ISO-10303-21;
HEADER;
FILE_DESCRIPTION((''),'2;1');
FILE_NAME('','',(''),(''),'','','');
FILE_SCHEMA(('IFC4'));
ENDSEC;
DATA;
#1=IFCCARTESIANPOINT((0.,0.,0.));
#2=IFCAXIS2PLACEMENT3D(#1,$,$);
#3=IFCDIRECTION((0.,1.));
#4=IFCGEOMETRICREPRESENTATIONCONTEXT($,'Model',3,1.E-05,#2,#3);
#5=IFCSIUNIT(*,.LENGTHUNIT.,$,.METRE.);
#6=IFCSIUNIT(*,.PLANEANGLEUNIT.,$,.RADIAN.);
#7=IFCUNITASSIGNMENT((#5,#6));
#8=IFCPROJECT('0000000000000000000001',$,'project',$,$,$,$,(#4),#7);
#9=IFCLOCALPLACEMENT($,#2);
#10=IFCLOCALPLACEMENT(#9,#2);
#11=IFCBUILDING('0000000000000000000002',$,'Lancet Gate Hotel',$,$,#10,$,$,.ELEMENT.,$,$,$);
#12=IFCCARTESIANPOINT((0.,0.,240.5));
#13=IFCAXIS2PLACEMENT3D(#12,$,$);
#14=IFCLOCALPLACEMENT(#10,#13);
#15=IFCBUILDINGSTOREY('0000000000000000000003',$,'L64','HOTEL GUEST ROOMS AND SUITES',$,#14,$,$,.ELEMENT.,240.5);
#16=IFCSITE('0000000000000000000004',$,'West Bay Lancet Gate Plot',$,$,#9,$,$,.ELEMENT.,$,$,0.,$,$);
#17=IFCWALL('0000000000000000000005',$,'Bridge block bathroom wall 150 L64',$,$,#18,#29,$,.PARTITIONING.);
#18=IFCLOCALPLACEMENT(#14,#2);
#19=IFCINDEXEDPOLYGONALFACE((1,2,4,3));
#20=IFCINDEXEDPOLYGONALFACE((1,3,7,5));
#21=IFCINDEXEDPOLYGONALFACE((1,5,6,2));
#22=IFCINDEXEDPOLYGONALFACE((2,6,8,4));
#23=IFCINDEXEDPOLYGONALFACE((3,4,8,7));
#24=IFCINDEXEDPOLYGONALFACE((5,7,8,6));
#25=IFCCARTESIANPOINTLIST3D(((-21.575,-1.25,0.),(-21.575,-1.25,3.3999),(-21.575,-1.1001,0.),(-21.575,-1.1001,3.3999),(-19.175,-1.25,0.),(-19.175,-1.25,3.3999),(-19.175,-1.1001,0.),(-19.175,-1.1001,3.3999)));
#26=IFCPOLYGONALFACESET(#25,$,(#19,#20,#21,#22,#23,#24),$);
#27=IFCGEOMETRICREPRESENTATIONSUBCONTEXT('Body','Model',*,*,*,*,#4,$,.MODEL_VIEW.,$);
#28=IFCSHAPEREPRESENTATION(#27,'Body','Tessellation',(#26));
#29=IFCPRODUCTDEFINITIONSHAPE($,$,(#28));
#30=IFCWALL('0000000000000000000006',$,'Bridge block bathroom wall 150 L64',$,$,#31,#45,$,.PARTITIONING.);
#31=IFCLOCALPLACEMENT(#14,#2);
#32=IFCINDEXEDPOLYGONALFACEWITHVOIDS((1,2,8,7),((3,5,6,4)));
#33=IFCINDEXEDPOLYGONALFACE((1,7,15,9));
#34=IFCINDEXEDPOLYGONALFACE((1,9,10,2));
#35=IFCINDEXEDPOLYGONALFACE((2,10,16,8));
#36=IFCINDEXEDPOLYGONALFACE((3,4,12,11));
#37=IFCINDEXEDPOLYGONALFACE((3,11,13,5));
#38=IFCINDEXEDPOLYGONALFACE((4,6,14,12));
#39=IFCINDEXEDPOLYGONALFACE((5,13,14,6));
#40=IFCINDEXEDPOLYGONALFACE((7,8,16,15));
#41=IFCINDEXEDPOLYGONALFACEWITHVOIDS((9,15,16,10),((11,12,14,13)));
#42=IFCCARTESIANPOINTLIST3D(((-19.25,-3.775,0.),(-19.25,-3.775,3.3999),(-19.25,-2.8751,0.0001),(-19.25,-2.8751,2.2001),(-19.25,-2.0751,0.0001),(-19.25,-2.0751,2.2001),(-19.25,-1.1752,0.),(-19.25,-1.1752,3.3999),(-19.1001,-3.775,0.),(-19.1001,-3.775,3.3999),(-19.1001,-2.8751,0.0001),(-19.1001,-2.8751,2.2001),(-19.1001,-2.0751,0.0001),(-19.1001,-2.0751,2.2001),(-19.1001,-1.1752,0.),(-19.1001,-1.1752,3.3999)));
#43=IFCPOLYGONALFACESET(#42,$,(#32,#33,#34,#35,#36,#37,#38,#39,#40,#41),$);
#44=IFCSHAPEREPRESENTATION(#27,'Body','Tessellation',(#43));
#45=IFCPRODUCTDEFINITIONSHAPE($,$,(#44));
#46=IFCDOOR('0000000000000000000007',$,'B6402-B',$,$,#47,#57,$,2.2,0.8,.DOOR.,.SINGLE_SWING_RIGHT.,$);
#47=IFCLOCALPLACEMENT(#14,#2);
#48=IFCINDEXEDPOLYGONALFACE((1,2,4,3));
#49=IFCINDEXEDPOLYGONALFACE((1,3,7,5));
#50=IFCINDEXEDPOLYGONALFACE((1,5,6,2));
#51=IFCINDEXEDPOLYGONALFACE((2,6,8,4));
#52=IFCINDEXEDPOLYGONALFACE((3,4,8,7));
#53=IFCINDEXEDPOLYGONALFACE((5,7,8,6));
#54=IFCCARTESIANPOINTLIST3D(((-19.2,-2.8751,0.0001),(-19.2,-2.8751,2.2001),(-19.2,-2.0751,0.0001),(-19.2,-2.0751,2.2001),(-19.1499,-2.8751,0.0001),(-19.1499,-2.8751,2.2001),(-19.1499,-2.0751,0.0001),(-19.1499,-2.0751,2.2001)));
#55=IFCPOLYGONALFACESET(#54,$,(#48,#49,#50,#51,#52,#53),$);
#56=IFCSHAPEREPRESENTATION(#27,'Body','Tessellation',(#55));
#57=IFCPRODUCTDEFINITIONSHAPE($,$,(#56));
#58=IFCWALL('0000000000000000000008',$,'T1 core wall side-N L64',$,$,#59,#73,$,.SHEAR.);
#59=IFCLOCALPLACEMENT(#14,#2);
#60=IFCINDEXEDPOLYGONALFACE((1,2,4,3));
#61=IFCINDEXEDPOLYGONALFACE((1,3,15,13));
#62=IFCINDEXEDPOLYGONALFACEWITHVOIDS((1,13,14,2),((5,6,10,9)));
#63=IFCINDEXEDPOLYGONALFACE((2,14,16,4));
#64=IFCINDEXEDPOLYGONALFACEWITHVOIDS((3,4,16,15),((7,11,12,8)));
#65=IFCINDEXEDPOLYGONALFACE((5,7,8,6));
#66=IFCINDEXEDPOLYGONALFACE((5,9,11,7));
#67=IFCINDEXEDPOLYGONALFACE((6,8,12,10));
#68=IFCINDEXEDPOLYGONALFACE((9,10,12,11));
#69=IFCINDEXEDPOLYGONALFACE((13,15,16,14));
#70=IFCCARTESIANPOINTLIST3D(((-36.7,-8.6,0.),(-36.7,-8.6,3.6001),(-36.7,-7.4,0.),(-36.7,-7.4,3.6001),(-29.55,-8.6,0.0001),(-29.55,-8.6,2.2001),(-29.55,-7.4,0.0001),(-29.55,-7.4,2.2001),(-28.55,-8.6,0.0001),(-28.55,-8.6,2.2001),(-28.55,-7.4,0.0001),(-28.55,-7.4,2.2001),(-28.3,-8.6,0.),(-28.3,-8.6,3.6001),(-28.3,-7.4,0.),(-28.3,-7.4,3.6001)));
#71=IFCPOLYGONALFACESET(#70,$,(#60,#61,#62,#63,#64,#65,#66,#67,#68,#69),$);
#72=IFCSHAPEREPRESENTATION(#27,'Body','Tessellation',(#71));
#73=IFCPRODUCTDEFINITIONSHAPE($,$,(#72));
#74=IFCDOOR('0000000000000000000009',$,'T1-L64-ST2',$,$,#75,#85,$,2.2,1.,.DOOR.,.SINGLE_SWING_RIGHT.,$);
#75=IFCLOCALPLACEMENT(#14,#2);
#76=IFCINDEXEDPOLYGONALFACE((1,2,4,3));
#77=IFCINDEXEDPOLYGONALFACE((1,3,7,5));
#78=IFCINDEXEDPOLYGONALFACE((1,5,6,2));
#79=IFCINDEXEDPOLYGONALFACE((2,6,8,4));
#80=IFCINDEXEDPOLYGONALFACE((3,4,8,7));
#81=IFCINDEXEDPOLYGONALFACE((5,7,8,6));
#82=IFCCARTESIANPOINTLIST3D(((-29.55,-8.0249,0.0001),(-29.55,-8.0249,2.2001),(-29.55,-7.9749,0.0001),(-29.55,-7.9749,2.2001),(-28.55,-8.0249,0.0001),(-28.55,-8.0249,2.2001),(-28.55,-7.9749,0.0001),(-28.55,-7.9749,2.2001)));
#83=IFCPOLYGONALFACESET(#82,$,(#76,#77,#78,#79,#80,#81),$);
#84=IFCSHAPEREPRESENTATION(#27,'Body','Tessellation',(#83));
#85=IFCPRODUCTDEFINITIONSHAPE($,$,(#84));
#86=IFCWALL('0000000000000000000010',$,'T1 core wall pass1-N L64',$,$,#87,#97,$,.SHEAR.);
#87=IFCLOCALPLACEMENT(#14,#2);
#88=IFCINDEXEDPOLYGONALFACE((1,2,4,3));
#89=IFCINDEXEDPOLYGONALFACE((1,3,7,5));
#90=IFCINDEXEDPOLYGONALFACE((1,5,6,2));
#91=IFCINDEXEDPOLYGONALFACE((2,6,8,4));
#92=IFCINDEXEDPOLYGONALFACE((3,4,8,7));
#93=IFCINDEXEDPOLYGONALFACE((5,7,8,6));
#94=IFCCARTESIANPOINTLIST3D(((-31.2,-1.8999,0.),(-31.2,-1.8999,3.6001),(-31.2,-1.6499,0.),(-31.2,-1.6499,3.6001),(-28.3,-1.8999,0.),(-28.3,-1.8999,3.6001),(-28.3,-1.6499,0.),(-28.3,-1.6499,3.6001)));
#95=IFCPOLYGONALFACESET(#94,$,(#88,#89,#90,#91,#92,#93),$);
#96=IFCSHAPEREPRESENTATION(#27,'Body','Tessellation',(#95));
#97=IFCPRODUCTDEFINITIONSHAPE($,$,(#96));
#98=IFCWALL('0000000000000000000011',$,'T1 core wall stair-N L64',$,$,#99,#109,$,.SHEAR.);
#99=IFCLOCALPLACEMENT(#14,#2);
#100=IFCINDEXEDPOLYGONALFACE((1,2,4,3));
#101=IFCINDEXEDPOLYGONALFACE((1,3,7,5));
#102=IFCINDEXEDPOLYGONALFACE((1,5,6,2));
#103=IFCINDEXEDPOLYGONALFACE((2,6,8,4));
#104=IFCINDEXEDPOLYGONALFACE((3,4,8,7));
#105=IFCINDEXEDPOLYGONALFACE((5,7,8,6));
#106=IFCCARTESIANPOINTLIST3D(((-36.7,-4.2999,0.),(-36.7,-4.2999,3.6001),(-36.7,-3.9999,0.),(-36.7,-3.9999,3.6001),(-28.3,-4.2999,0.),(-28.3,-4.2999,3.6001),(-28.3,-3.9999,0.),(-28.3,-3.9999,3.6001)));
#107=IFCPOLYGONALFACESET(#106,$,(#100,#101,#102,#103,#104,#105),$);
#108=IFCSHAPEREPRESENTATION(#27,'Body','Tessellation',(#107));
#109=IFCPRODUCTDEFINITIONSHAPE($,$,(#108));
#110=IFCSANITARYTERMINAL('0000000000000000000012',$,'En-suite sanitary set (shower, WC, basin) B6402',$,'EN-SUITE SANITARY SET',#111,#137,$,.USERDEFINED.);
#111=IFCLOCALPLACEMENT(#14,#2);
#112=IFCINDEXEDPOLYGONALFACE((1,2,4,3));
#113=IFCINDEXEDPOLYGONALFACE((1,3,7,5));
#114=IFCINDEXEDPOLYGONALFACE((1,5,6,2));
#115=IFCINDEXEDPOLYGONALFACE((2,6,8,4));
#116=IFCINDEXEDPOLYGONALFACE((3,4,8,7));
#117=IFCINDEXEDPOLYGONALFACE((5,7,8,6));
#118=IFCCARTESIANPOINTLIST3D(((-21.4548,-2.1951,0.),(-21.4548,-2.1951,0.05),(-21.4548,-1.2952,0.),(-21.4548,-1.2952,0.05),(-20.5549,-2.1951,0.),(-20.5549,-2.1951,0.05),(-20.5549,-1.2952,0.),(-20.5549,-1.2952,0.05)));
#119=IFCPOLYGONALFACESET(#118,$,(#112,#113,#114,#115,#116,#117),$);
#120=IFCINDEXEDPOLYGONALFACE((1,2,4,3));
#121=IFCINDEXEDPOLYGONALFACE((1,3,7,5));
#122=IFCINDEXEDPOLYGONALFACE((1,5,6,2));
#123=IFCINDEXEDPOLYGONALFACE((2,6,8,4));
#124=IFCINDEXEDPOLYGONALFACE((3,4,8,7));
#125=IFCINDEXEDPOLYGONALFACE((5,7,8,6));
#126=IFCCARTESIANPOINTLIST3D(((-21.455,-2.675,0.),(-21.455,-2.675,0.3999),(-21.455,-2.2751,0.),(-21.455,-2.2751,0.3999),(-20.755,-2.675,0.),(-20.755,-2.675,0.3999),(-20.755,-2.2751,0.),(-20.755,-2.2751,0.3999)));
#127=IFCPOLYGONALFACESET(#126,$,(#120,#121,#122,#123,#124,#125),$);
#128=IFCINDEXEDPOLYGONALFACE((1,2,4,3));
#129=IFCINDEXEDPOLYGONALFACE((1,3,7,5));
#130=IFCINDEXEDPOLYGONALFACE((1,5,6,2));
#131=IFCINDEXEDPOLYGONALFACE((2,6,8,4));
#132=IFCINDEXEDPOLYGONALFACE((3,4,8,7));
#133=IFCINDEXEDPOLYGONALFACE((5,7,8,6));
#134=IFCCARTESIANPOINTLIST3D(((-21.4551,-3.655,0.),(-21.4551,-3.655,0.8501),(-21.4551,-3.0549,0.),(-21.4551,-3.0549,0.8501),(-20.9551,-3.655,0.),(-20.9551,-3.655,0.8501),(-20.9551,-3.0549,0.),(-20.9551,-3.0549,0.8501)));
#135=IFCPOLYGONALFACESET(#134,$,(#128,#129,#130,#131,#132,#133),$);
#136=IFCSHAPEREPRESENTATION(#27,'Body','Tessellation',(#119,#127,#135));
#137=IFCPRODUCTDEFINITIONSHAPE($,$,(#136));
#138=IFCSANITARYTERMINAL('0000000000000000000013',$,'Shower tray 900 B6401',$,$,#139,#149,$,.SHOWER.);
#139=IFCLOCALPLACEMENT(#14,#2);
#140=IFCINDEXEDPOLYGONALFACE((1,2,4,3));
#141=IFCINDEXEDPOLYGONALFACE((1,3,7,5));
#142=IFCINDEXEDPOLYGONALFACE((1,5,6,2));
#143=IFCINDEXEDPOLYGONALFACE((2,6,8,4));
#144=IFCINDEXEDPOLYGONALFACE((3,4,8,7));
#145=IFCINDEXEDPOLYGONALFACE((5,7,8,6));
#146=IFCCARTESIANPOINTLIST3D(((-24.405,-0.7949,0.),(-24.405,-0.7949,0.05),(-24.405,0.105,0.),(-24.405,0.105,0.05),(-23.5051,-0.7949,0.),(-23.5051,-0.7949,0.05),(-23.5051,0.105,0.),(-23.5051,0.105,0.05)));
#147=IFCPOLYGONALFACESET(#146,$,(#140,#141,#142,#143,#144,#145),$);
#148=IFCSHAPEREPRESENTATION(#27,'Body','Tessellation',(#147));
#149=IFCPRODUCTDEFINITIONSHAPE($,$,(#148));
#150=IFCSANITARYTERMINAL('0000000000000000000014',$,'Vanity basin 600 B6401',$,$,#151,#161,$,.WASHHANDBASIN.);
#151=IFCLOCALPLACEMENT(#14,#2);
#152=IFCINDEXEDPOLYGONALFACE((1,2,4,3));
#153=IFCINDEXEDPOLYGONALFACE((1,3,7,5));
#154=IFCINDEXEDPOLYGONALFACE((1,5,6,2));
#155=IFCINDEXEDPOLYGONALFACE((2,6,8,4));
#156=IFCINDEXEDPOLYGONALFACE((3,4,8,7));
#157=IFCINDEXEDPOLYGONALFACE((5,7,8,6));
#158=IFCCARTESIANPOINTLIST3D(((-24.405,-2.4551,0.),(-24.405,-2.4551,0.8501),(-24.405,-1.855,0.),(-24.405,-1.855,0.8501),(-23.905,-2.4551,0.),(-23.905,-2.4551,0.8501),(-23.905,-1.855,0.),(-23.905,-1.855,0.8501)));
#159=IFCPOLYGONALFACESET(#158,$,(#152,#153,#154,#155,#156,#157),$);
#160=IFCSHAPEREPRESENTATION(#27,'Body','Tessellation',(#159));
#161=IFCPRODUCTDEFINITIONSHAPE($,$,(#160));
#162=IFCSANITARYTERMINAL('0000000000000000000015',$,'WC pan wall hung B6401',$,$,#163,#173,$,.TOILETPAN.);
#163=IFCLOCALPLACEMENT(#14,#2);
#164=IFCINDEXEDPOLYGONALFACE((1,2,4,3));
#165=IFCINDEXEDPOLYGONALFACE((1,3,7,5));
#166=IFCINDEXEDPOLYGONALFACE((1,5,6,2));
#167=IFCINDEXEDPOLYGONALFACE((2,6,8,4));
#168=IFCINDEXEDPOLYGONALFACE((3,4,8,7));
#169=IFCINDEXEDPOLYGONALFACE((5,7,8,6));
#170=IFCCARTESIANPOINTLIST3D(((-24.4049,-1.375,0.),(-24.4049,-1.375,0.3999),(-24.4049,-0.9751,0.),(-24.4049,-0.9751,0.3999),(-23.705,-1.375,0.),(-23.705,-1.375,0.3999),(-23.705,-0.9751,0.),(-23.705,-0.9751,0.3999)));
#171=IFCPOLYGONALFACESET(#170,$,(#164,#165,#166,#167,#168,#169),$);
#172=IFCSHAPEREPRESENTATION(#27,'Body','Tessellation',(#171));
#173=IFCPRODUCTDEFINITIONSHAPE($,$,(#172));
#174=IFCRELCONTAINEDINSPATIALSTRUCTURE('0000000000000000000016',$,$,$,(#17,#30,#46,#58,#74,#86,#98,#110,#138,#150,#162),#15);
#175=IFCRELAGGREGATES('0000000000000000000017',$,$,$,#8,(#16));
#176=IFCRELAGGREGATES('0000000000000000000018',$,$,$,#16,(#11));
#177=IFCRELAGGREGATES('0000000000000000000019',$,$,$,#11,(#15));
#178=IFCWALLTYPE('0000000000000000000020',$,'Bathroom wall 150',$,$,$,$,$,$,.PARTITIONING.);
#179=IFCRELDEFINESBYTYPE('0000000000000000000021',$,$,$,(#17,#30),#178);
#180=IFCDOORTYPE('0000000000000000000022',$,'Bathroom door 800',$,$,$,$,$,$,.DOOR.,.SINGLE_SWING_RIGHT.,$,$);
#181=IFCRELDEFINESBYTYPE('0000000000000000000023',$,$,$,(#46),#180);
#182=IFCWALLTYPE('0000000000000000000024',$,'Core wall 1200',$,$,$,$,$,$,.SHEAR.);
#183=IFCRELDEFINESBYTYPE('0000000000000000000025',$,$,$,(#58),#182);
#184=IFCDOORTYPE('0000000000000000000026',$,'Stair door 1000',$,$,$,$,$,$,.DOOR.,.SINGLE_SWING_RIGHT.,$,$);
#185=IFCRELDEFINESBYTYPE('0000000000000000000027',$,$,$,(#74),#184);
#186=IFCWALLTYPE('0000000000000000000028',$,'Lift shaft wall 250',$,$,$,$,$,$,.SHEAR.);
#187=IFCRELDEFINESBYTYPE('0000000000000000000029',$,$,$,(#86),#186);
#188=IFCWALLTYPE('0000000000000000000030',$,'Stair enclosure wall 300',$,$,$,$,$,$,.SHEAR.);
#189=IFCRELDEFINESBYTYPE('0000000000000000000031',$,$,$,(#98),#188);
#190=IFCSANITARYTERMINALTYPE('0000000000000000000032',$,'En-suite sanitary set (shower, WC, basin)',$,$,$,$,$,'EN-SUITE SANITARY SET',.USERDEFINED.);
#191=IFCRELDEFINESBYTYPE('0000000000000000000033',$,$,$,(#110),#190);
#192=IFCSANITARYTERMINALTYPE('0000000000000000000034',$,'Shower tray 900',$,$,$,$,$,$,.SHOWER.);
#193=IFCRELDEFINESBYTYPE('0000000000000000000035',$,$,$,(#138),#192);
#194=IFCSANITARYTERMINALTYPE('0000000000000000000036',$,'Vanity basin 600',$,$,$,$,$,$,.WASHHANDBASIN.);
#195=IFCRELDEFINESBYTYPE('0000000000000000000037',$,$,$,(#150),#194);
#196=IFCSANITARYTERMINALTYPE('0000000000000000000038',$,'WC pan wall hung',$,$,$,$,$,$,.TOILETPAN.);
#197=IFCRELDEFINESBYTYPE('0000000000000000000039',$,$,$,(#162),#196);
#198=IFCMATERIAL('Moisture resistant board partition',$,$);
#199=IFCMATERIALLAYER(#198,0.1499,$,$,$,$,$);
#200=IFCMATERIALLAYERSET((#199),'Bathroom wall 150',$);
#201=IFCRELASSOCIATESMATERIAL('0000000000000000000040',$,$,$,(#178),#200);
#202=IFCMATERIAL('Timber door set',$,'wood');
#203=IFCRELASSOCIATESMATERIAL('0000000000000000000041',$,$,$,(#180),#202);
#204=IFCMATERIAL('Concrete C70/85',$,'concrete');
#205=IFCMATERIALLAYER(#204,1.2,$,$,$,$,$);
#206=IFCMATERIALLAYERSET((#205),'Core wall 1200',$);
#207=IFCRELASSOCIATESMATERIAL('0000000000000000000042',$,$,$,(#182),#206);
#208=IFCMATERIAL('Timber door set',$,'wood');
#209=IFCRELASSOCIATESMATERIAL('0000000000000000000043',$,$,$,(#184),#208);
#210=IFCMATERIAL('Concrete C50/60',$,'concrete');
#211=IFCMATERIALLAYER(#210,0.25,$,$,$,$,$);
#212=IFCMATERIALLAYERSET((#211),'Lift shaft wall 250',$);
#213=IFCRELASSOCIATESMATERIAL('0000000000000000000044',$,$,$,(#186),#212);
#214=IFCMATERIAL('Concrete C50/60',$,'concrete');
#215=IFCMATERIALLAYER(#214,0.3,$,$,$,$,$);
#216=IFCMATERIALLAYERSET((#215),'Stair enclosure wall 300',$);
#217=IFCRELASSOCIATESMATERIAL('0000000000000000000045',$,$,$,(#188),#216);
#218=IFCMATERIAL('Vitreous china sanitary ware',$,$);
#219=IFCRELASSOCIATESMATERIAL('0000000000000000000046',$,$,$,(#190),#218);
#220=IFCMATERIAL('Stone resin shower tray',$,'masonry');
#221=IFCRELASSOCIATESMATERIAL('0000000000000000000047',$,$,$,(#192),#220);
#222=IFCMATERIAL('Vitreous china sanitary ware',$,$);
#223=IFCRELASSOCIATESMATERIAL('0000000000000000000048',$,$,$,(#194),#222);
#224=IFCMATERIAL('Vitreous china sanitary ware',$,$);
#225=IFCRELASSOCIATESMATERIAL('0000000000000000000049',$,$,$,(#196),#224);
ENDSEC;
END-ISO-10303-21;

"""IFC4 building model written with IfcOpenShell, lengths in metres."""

from ifc_helpers import new_model, si_unit, direction, frame, frame_2d, origin, origin_2d, place, context, subcontext, project, spatial, rectangle, extrude, material, layer, layer_set, type_object, element, fill, save


model = new_model("IFC4")

# Units and contexts
model_context = context("Model", 3, precision=1e-05, world=origin(), true_north=direction((0.0, 1.0)))
body_context = subcontext(model_context, "Body", "Model", "MODEL_VIEW")
ifc_project = project(units=[si_unit("LENGTHUNIT", "METRE"), si_unit("PLANEANGLEUNIT", "RADIAN")], contexts=[model_context])

# Site, building, storey
site_placement = place(None, origin())
site = spatial("IfcSite", under=ifc_project, at=site_placement, Name="West Bay Lancet Gate Plot", CompositionType="ELEMENT", RefElevation=0.0)
building_placement = place(site_placement, origin())
building = spatial("IfcBuilding", under=site, at=building_placement, Name="Lancet Gate Hotel", CompositionType="ELEMENT")
storey_placement = place(building_placement, frame((0.0, 0.0, 240.5)))
storey = spatial("IfcBuildingStorey", under=building, at=storey_placement, Name="L64", Description="HOTEL GUEST ROOMS AND SUITES", CompositionType="ELEMENT", Elevation=240.5)

# Shared definitions
ifc_material_1 = material(Name="Moisture resistant board partition")
ifc_layer_1 = layer(ifc_material_1, 0.1499)
ifc_layer_set_1 = layer_set([ifc_layer_1], Name="Bathroom wall 150")
wall_type_1 = type_object("IfcWallType", Name="Bathroom wall 150", PredefinedType="PARTITIONING", material=ifc_layer_set_1)

# Wall
for number, where, z_axis, x_axis, name in (
    (1, (-21.575, -1.175, 0.0), (0.0, 0.0, 1.0), (1.0, 0.0, 0.0), "Bridge block bathroom wall 150 L64"),
):
    element("IfcWall", number, at=place(storey_placement, frame(where, z_axis=z_axis, x_axis=x_axis)), inside=storey, type_object=wall_type_1, Name=name, PredefinedType="PARTITIONING", context=body_context, shape_type="SweptSolid", body=[
        extrude(rectangle(XDim=2.3999, YDim=0.1499, at=frame_2d((1.2, 0.0))), origin(), (0.0, 0.0, 1.0), 3.3999),
    ])

# Walls, openings, doors
wall_1_placement = place(storey_placement, frame((-19.175, -3.7749, 0.0), z_axis=(0.0, 0.0, 1.0), x_axis=(0.0, 1.0, 0.0)))
wall_1 = element("IfcWall", 2, at=wall_1_placement, inside=storey, type_object=wall_type_1, Name="Bridge block bathroom wall 150 L64", PredefinedType="PARTITIONING", context=body_context, shape_type="SweptSolid", body=[
    extrude(rectangle(XDim=2.5999, YDim=0.1499, at=frame_2d((1.2998, 0.0))), origin(), (0.0, 0.0, 1.0), 3.3999),
])
opening_1_placement = place(wall_1_placement, frame((0.8999, 0.0, 0.0)))
opening_1 = element("IfcOpeningElement", 3, at=opening_1_placement, cuts=wall_1, PredefinedType="OPENING", context=body_context, shape_type="SweptSolid", body=[
    extrude(rectangle(XDim=0.8, YDim=2.2, at=frame_2d((0.3999, 1.1001))), frame((0.0, 0.085, 0.0), z_axis=(0.0, -1.0, 0.0), x_axis=(1.0, 0.0, 0.0)), (0.0, 0.0, 1.0), 0.1699),
])
ifc_material_2 = material(Name="Timber door set", Category="wood")
door_type_1 = type_object("IfcDoorType", Name="Bathroom door 800", OperationType="SINGLE_SWING_RIGHT", PredefinedType="DOOR", material=ifc_material_2)
door_1_placement = place(opening_1_placement, origin())
door_1 = element("IfcDoor", 4, at=door_1_placement, inside=storey, type_object=door_type_1, Name="B6402-B", OperationType="SINGLE_SWING_RIGHT", OverallHeight=2.2, OverallWidth=0.8, PredefinedType="DOOR", context=body_context, shape_type="SweptSolid", body=[
    extrude(rectangle(XDim=0.8, YDim=2.2, at=frame_2d((0.3999, 1.1001))), frame((0.0, 0.0249, 0.0), z_axis=(0.0, -1.0, 0.0), x_axis=(1.0, 0.0, 0.0)), (0.0, 0.0, 1.0), 0.05),
])
fill(opening_1, door_1)
ifc_material_3 = material(Name="Concrete C70/85", Category="concrete")
ifc_layer_2 = layer(ifc_material_3, 1.2)
ifc_layer_set_2 = layer_set([ifc_layer_2], Name="Core wall 1200")
wall_type_2 = type_object("IfcWallType", Name="Core wall 1200", PredefinedType="SHEAR", material=ifc_layer_set_2)
wall_2_placement = place(storey_placement, frame((-28.3, -8.0, 0.0), z_axis=(0.0, 0.0, 1.0), x_axis=(-1.0, 0.0, 0.0)))
wall_2 = element("IfcWall", 5, at=wall_2_placement, inside=storey, type_object=wall_type_2, Name="T1 core wall side-N L64", PredefinedType="SHEAR", context=body_context, shape_type="SweptSolid", body=[
    extrude(rectangle(XDim=8.3999, YDim=1.2, at=frame_2d((4.2, 0.0))), origin(), (0.0, 0.0, 1.0), 3.6001),
])
opening_2_placement = place(wall_2_placement, frame((0.25, 0.0, 0.0)))
opening_2 = element("IfcOpeningElement", 6, at=opening_2_placement, cuts=wall_2, PredefinedType="OPENING", context=body_context, shape_type="SweptSolid", body=[
    extrude(rectangle(XDim=1.0, YDim=2.2, at=frame_2d((0.5, 1.1001))), frame((0.0, 0.6099, 0.0), z_axis=(0.0, -1.0, 0.0), x_axis=(1.0, 0.0, 0.0)), (0.0, 0.0, 1.0), 1.22),
])
ifc_material_4 = material(Name="Timber door set", Category="wood")
door_type_2 = type_object("IfcDoorType", Name="Stair door 1000", OperationType="SINGLE_SWING_RIGHT", PredefinedType="DOOR", material=ifc_material_4)
door_2_placement = place(opening_2_placement, origin())
door_2 = element("IfcDoor", 7, at=door_2_placement, inside=storey, type_object=door_type_2, Name="T1-L64-ST2", OperationType="SINGLE_SWING_RIGHT", OverallHeight=2.2, OverallWidth=1.0, PredefinedType="DOOR", context=body_context, shape_type="SweptSolid", body=[
    extrude(rectangle(XDim=1.0, YDim=2.2, at=frame_2d((0.5, 1.1001))), frame((0.0, 0.0249, 0.0), z_axis=(0.0, -1.0, 0.0), x_axis=(1.0, 0.0, 0.0)), (0.0, 0.0, 1.0), 0.05),
])
fill(opening_2, door_2)

# Walls
ifc_material_5 = material(Name="Concrete C50/60", Category="concrete")
ifc_layer_3 = layer(ifc_material_5, 0.25)
ifc_layer_set_3 = layer_set([ifc_layer_3], Name="Lift shaft wall 250")
wall_type_3 = type_object("IfcWallType", Name="Lift shaft wall 250", PredefinedType="SHEAR", material=ifc_layer_set_3)
wall_3_placement = place(storey_placement, frame((-28.3, -1.7749, 0.0), z_axis=(0.0, 0.0, 1.0), x_axis=(-1.0, 0.0, 0.0)))
element("IfcWall", 8, at=wall_3_placement, inside=storey, type_object=wall_type_3, Name="T1 core wall pass1-N L64", PredefinedType="SHEAR", context=body_context, shape_type="SweptSolid", body=[
    extrude(rectangle(XDim=2.8999, YDim=0.25, at=frame_2d((1.45, 0.0))), origin(), (0.0, 0.0, 1.0), 3.6001),
])
ifc_material_6 = material(Name="Concrete C50/60", Category="concrete")
ifc_layer_4 = layer(ifc_material_6, 0.3)
ifc_layer_set_4 = layer_set([ifc_layer_4], Name="Stair enclosure wall 300")
wall_type_4 = type_object("IfcWallType", Name="Stair enclosure wall 300", PredefinedType="SHEAR", material=ifc_layer_set_4)
wall_4_placement = place(storey_placement, frame((-28.3, -4.1499, 0.0), z_axis=(0.0, 0.0, 1.0), x_axis=(-1.0, 0.0, 0.0)))
element("IfcWall", 9, at=wall_4_placement, inside=storey, type_object=wall_type_4, Name="T1 core wall stair-N L64", PredefinedType="SHEAR", context=body_context, shape_type="SweptSolid", body=[
    extrude(rectangle(XDim=8.3999, YDim=0.3, at=frame_2d((4.2, 0.0))), origin(), (0.0, 0.0, 1.0), 3.6001),
])

# Sanitary terminals
ifc_material_7 = material(Name="Vitreous china sanitary ware")
sanitary_terminal_type_1 = type_object("IfcSanitaryTerminalType", Name="En-suite sanitary set (shower, WC, basin)", ElementType="EN-SUITE SANITARY SET", PredefinedType="USERDEFINED", material=ifc_material_7)
sanitary_terminal_1_placement = place(storey_placement, frame((-21.0049, -1.7451, 0.0), z_axis=(0.0, 0.0, 1.0), x_axis=(1.0, 0.0, 0.0)))
element("IfcSanitaryTerminal", 10, at=sanitary_terminal_1_placement, inside=storey, type_object=sanitary_terminal_type_1, Name="En-suite sanitary set (shower, WC, basin) B6402", ObjectType="EN-SUITE SANITARY SET", PredefinedType="USERDEFINED", context=body_context, shape_type="SweptSolid", body=[
    extrude(rectangle(XDim=0.8999, YDim=0.8999, at=origin_2d()), frame((0.0, 0.0, 0.0), z_axis=(0.0, 0.0, 1.0), x_axis=(0.0, 1.0, 0.0)), (0.0, 0.0, 1.0), 0.05),
    extrude(rectangle(XDim=0.3999, YDim=0.7, at=origin_2d()), frame((-0.1001, -0.73, 0.0), z_axis=(0.0, 0.0, 1.0), x_axis=(0.0, 1.0, 0.0)), (0.0, 0.0, 1.0), 0.3999),
    extrude(rectangle(XDim=0.6001, YDim=0.5, at=origin_2d()), frame((-0.2002, -1.6099, 0.0), z_axis=(0.0, 0.0, 1.0), x_axis=(0.0, 1.0, 0.0)), (0.0, 0.0, 1.0), 0.8501),
])
ifc_material_8 = material(Name="Stone resin shower tray", Category="masonry")
sanitary_terminal_type_2 = type_object("IfcSanitaryTerminalType", Name="Shower tray 900", PredefinedType="SHOWER", material=ifc_material_8)
sanitary_terminal_2_placement = place(storey_placement, frame((-23.9551, -0.345, 0.0), z_axis=(0.0, 0.0, 1.0), x_axis=(0.0, 1.0, 0.0)))
element("IfcSanitaryTerminal", 11, at=sanitary_terminal_2_placement, inside=storey, type_object=sanitary_terminal_type_2, Name="Shower tray 900 B6401", PredefinedType="SHOWER", context=body_context, shape_type="SweptSolid", body=[
    extrude(rectangle(XDim=0.8999, YDim=0.8999, at=origin_2d()), origin(), (0.0, 0.0, 1.0), 0.05),
])
ifc_material_9 = material(Name="Vitreous china sanitary ware")
sanitary_terminal_type_3 = type_object("IfcSanitaryTerminalType", Name="Vanity basin 600", PredefinedType="WASHHANDBASIN", material=ifc_material_9)
sanitary_terminal_3_placement = place(storey_placement, frame((-24.155, -2.155, 0.0), z_axis=(0.0, 0.0, 1.0), x_axis=(0.0, 1.0, 0.0)))
element("IfcSanitaryTerminal", 12, at=sanitary_terminal_3_placement, inside=storey, type_object=sanitary_terminal_type_3, Name="Vanity basin 600 B6401", PredefinedType="WASHHANDBASIN", context=body_context, shape_type="SweptSolid", body=[
    extrude(rectangle(XDim=0.6001, YDim=0.5, at=origin_2d()), origin(), (0.0, 0.0, 1.0), 0.8501),
])
ifc_material_10 = material(Name="Vitreous china sanitary ware")
sanitary_terminal_type_4 = type_object("IfcSanitaryTerminalType", Name="WC pan wall hung", PredefinedType="TOILETPAN", material=ifc_material_10)
sanitary_terminal_4_placement = place(storey_placement, frame((-24.0549, -1.175, 0.0), z_axis=(0.0, 0.0, 1.0), x_axis=(0.0, 1.0, 0.0)))
element("IfcSanitaryTerminal", 13, at=sanitary_terminal_4_placement, inside=storey, type_object=sanitary_terminal_type_4, Name="WC pan wall hung B6401", PredefinedType="TOILETPAN", context=body_context, shape_type="SweptSolid", body=[
    extrude(rectangle(XDim=0.3999, YDim=0.7, at=origin_2d()), origin(), (0.0, 0.0, 1.0), 0.3999),
])

save(model, "model.ifc")
